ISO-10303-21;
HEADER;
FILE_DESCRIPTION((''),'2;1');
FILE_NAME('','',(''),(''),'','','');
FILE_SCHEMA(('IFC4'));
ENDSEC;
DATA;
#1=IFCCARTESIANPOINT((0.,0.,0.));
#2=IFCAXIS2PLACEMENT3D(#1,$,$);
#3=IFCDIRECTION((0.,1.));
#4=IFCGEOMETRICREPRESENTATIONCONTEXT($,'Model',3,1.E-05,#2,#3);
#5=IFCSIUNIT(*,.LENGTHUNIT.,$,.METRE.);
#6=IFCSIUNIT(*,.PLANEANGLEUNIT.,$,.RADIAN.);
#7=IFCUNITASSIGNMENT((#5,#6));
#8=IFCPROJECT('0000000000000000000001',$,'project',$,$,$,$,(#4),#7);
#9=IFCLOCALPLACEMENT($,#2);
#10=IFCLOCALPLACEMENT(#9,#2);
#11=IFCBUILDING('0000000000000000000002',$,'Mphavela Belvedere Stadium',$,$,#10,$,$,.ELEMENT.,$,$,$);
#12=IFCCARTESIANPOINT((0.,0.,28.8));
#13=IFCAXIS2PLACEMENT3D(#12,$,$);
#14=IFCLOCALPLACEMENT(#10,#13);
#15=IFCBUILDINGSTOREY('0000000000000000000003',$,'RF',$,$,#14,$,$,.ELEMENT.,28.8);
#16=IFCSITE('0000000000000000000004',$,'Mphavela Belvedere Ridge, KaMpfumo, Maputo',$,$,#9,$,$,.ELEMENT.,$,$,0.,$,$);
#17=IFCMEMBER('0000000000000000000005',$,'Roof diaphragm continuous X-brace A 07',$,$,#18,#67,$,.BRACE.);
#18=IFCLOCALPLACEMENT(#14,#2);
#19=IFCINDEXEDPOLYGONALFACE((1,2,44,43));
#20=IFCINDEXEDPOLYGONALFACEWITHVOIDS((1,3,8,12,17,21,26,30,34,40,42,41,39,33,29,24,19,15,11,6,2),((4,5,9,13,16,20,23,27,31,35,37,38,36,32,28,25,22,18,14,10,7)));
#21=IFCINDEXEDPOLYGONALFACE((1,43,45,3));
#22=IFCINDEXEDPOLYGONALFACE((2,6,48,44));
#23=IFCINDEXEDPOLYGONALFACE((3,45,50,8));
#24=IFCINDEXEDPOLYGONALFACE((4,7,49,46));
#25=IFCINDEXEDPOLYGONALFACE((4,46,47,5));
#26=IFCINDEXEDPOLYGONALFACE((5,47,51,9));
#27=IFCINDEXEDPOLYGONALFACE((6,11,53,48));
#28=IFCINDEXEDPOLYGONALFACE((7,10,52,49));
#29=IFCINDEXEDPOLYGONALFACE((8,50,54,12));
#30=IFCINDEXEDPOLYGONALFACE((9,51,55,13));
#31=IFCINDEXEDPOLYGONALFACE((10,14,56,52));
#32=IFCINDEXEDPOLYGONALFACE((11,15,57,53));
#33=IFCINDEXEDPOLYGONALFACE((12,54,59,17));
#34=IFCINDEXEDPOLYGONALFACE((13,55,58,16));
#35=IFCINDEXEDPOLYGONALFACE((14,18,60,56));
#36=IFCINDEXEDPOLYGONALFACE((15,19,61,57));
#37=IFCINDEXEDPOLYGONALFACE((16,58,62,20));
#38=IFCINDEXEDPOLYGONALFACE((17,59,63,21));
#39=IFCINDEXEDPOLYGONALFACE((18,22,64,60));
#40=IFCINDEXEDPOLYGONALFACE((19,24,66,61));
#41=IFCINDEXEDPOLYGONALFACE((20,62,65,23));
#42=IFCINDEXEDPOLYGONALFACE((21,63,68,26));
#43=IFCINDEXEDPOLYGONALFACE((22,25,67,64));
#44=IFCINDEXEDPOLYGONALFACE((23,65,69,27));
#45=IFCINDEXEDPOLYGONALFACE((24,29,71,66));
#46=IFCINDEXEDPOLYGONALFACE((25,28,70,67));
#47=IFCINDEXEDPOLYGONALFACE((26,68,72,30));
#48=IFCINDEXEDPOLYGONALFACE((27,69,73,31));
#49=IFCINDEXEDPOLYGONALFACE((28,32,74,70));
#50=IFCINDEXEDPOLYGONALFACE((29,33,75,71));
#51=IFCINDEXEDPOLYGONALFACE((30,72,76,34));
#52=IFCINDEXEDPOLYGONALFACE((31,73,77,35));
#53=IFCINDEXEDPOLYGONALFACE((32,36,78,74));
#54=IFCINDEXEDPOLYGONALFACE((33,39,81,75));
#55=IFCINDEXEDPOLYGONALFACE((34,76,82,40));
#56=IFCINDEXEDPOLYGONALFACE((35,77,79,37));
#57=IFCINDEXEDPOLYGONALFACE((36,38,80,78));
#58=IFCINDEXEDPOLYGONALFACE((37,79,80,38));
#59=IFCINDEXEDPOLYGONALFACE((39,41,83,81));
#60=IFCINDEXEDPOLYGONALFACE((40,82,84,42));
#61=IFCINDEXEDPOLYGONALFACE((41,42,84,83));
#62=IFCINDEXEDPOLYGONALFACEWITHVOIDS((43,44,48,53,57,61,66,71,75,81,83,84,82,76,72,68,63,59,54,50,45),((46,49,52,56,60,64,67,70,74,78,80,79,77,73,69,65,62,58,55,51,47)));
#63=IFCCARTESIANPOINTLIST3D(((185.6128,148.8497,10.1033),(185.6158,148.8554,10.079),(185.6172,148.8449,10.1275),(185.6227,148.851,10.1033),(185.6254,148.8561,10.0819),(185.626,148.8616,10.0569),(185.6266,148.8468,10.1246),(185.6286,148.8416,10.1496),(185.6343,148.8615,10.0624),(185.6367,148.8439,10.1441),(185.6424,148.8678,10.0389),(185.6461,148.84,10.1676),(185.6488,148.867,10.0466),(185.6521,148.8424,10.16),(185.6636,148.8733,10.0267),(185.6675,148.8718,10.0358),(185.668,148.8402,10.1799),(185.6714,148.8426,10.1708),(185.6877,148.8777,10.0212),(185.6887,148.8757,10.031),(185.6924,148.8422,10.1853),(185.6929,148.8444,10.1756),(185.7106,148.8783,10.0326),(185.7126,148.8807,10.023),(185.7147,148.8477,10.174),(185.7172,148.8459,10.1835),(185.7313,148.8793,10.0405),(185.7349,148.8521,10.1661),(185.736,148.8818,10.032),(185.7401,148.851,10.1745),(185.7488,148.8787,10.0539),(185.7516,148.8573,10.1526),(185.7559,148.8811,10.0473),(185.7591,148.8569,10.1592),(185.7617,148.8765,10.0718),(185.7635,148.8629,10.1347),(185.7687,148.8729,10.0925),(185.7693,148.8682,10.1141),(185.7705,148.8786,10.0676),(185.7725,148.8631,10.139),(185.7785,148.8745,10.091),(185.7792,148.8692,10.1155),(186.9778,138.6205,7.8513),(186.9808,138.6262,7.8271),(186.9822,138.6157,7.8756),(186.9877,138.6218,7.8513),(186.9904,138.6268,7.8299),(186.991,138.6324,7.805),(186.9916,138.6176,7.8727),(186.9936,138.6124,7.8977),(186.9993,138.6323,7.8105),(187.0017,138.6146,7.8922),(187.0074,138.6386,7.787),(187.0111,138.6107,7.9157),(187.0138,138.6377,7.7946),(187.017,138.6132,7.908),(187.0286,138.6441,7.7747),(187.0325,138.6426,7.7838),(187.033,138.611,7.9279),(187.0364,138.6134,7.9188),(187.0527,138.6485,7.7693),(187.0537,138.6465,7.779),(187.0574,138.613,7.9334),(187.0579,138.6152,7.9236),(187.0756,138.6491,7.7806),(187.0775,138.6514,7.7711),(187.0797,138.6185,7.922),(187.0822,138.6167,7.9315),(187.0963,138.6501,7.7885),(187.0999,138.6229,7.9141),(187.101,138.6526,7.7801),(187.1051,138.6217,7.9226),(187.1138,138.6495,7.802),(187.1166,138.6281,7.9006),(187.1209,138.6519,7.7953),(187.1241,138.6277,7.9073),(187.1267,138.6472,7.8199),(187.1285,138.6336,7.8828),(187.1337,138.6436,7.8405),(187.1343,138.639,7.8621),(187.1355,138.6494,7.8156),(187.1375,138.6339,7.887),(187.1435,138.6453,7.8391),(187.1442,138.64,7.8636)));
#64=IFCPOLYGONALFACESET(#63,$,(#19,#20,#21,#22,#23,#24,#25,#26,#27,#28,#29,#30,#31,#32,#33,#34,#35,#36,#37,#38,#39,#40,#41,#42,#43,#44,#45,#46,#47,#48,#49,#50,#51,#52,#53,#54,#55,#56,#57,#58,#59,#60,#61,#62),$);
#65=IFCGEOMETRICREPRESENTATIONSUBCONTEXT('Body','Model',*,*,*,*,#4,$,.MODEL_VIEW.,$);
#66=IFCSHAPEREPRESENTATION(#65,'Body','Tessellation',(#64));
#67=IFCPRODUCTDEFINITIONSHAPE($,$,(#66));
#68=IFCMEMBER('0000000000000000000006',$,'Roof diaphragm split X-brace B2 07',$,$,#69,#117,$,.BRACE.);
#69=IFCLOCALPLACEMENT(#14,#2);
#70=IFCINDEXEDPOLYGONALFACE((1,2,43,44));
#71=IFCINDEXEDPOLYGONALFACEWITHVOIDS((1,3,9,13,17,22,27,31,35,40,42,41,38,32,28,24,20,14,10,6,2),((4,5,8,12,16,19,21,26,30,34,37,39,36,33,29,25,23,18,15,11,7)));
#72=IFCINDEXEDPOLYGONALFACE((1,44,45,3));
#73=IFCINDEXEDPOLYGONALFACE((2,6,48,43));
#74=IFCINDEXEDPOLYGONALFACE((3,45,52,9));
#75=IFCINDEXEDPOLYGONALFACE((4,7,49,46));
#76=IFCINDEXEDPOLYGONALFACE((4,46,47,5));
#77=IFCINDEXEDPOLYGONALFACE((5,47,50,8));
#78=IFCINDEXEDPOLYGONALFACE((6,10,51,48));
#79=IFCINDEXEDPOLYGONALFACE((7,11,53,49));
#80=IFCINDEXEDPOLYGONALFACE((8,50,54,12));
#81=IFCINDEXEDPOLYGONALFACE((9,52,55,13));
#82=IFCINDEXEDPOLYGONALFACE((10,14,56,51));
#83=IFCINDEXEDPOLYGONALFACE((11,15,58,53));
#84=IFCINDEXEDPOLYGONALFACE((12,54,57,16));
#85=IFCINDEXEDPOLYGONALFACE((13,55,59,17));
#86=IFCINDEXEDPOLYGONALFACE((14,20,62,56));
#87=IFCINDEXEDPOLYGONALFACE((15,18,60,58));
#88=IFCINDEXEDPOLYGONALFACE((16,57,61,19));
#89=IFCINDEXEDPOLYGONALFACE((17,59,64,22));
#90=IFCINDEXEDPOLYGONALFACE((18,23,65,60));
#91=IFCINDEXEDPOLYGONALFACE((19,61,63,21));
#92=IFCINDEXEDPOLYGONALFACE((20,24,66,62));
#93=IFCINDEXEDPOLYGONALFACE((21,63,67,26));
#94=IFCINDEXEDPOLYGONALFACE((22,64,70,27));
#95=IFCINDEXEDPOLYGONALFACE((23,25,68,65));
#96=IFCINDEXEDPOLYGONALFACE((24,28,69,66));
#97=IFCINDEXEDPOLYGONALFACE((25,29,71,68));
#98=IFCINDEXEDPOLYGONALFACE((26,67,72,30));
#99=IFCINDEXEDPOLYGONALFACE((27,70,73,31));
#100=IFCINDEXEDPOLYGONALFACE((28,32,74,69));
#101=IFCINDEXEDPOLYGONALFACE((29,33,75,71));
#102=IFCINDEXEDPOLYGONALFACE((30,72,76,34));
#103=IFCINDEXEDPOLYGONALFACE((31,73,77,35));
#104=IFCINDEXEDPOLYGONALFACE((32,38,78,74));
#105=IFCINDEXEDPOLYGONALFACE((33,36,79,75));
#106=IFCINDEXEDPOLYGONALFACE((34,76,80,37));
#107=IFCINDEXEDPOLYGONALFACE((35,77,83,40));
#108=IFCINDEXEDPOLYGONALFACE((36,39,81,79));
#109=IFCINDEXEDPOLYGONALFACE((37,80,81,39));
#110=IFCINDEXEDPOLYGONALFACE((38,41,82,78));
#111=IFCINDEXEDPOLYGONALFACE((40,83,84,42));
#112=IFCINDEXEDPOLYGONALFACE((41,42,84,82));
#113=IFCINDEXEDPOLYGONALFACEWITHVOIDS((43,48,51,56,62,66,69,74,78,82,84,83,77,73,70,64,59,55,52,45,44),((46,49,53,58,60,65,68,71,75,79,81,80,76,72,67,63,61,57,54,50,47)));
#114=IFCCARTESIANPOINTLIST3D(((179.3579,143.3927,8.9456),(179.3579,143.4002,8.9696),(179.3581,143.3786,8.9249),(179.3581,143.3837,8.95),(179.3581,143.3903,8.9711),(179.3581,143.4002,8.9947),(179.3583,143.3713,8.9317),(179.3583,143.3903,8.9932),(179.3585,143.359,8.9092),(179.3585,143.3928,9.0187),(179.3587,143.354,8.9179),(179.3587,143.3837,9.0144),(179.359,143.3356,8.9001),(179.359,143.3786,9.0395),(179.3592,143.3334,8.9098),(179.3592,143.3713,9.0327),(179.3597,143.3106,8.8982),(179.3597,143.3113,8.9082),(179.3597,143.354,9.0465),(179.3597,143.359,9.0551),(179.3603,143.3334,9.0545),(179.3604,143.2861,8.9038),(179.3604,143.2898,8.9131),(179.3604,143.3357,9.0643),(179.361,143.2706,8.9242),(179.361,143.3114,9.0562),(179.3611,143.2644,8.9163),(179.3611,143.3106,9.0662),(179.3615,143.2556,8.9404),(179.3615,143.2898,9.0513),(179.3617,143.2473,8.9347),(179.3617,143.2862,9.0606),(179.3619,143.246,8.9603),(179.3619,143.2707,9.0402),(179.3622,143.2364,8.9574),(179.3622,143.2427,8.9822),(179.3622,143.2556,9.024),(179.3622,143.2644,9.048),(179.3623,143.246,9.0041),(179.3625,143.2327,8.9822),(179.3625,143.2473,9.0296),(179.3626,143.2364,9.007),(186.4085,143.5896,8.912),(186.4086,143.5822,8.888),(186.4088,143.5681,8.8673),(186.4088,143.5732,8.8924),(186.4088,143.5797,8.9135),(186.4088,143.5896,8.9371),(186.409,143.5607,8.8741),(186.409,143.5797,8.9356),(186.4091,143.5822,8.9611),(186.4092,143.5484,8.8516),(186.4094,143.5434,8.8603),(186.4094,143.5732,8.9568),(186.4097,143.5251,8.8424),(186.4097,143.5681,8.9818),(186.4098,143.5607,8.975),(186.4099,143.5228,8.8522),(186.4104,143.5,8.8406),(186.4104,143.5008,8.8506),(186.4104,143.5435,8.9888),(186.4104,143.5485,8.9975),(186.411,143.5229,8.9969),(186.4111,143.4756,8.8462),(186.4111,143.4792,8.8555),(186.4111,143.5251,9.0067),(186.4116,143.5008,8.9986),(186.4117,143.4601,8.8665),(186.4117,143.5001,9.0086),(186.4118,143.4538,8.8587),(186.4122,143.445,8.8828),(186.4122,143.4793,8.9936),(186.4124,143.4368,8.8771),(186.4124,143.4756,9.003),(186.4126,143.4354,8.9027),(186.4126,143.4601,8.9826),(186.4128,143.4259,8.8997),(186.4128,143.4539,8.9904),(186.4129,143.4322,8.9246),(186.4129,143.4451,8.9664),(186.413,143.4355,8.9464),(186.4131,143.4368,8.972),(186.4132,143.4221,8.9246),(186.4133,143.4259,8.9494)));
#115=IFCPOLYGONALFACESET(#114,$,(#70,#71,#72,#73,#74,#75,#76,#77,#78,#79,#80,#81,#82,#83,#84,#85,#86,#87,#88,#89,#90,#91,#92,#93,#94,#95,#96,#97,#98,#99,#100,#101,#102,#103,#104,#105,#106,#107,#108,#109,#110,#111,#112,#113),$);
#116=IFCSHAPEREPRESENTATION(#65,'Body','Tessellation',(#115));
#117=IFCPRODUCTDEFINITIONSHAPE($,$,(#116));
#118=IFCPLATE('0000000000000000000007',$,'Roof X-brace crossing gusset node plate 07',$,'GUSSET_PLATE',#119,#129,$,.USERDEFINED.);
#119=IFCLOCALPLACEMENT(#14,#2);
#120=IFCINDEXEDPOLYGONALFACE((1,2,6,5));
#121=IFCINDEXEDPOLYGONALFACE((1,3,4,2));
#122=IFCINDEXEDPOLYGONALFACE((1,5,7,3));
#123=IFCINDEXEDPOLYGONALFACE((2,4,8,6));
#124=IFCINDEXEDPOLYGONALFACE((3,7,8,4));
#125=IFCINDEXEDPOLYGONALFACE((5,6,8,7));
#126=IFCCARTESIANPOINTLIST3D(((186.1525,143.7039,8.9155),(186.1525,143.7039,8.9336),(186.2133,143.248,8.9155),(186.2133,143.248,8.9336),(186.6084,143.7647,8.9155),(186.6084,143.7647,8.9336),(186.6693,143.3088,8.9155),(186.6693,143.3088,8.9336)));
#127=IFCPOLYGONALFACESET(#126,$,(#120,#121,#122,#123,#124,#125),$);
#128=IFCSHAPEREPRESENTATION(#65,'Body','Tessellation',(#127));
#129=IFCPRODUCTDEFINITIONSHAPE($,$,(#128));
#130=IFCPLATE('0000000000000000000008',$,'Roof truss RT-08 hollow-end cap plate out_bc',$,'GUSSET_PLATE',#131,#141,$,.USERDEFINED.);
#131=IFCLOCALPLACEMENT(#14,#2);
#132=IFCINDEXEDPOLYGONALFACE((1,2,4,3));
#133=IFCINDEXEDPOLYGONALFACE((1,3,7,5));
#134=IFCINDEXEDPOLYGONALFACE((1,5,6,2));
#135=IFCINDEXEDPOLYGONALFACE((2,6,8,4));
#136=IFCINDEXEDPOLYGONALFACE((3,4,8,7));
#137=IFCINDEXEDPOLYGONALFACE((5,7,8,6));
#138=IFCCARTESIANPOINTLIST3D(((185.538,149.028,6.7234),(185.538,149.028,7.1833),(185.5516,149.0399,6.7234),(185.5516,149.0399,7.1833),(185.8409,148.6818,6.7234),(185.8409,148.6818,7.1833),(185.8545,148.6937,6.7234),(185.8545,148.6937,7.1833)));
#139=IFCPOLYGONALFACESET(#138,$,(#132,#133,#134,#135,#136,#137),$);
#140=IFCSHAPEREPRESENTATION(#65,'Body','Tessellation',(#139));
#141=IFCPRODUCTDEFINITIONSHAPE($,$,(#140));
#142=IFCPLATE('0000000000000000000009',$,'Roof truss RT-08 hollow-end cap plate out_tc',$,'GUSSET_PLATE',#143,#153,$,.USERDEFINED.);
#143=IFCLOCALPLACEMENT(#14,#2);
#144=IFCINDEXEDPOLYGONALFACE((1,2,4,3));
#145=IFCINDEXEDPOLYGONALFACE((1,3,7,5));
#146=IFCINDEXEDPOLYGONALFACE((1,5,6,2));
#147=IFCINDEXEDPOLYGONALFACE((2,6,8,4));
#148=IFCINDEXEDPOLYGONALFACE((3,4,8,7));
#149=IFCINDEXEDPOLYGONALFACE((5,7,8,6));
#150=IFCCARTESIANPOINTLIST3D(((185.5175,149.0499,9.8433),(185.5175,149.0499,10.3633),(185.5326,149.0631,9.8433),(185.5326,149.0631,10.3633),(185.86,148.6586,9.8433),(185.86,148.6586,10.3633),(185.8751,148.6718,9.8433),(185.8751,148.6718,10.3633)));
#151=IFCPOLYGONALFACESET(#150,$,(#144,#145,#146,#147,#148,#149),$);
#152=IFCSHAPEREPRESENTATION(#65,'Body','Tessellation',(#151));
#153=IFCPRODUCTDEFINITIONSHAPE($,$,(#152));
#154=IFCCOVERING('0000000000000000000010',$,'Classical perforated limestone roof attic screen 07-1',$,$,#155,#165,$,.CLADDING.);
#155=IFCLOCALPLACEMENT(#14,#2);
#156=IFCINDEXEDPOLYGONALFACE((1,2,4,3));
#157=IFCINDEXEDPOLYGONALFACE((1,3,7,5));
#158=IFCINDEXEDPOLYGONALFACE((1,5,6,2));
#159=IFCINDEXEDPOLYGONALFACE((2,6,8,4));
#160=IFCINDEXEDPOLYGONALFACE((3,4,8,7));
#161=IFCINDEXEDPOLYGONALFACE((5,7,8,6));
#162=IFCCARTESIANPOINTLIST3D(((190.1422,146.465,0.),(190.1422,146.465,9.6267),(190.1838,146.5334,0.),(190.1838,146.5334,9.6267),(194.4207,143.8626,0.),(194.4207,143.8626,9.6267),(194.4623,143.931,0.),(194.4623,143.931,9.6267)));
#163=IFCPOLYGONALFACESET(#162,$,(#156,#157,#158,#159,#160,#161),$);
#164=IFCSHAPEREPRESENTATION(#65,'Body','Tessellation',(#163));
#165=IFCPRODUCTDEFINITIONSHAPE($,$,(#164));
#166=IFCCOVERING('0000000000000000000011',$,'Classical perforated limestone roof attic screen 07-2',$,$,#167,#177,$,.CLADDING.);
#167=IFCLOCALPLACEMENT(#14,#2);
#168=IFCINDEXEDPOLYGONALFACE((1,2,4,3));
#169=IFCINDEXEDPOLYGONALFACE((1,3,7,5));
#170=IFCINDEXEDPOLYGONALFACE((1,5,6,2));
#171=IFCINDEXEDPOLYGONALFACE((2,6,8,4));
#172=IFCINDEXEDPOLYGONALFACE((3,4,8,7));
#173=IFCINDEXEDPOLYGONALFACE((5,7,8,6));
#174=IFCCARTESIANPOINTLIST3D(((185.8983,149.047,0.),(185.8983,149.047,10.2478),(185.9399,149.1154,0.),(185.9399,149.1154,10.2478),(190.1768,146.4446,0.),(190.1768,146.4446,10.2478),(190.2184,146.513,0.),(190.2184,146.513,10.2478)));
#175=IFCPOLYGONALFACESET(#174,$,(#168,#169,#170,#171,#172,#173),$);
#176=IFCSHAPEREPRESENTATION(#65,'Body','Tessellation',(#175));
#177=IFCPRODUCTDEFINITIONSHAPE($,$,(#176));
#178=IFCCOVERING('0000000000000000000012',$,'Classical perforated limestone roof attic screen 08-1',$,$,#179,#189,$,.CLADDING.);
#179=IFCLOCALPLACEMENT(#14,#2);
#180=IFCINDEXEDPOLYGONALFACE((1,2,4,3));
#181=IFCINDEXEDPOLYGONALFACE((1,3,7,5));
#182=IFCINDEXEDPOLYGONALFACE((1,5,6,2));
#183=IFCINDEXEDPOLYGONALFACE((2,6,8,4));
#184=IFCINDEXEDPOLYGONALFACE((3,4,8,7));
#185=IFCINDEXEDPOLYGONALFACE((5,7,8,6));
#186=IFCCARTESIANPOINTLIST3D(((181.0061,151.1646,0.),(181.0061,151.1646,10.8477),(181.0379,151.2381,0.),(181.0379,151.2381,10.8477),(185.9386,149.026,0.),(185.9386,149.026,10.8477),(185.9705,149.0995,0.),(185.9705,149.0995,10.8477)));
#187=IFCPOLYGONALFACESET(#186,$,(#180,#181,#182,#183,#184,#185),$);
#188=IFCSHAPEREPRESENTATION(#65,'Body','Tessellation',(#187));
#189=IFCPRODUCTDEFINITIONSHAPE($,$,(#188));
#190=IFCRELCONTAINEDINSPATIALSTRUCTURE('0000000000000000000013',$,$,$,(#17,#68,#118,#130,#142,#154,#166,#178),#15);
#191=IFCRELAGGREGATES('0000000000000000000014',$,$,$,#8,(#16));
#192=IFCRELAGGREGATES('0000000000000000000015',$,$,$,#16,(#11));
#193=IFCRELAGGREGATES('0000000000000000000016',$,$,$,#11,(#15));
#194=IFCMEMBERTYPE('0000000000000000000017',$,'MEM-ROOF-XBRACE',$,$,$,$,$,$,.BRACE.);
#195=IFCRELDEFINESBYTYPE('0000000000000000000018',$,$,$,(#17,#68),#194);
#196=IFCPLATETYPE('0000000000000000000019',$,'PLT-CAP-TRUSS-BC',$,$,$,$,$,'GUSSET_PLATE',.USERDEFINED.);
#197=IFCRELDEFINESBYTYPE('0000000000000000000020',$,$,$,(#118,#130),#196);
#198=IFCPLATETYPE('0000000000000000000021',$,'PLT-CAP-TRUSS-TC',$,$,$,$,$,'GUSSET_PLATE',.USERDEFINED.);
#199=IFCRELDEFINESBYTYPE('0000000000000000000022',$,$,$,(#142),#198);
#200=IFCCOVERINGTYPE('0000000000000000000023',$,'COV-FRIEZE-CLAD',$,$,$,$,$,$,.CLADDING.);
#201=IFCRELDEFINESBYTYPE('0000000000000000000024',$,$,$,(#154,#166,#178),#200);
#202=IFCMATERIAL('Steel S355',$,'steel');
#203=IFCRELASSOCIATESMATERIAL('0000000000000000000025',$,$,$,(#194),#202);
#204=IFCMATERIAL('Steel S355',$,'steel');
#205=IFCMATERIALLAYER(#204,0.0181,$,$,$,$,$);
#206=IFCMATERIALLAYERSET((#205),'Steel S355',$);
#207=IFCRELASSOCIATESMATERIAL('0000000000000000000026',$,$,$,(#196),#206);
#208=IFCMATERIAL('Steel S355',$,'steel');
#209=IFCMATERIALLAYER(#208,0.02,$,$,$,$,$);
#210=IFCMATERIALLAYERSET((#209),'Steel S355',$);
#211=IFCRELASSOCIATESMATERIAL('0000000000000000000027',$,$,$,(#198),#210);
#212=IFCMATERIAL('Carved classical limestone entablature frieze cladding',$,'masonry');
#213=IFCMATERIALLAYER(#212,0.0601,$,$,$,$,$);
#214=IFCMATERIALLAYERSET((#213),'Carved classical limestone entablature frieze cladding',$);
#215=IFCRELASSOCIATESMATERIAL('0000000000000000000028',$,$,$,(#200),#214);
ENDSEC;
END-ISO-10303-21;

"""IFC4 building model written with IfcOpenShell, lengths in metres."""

from ifc_helpers import new_model, si_unit, direction, frame, origin, origin_2d, place, context, subcontext, project, spatial, rectangle, hollow_circle, extrude, material, layer, layer_set, material_profile, profile_set, type_object, element, save


model = new_model("IFC4")

# Units and contexts
model_context = context("Model", 3, precision=1e-05, world=origin(), true_north=direction((0.0, 1.0)))
body_context = subcontext(model_context, "Body", "Model", "MODEL_VIEW")
ifc_project = project(units=[si_unit("LENGTHUNIT", "METRE"), si_unit("PLANEANGLEUNIT", "RADIAN")], contexts=[model_context])

# Site, building, storey
site_placement = place(None, origin())
site = spatial("IfcSite", under=ifc_project, at=site_placement, Name="Mphavela Belvedere Ridge, KaMpfumo, Maputo", CompositionType="ELEMENT", RefElevation=0.0)
building_placement = place(site_placement, origin())
building = spatial("IfcBuilding", under=site, at=building_placement, Name="Mphavela Belvedere Stadium", CompositionType="ELEMENT")
storey_placement = place(building_placement, frame((0.0, 0.0, 28.8)))
storey = spatial("IfcBuildingStorey", under=building, at=storey_placement, Name="RF", CompositionType="ELEMENT", Elevation=28.8)

# Members
ifc_material_1 = material(Name="Steel S355", Category="steel")
ifc_material_profile_1 = material_profile(ifc_material_1, hollow_circle(Radius=0.0842, WallThickness=0.01, at=origin_2d()), Name="CHS 168.3x10")
ifc_profile_set_1 = profile_set([ifc_material_profile_1], Name="Steel S355")
member_type_1 = type_object("IfcMemberType", Name="MEM-ROOF-XBRACE", PredefinedType="BRACE", material=ifc_profile_set_1)
member_1_placement = place(storey_placement, frame((187.0613, 138.6316, 7.8513), z_axis=(-0.129227, 0.968425, 0.213197), x_axis=(-0.991214, -0.132268, 0.0)))
element("IfcMember", 1, at=member_1_placement, inside=storey, type_object=member_type_1, Name="Roof diaphragm continuous X-brace A 07", PredefinedType="BRACE", context=body_context, shape_type="SweptSolid", body=[
    extrude(hollow_circle(Radius=0.0842, WallThickness=0.01, at=origin_2d()), origin(), (0.0, 0.0, 1.0), 10.5627),
])
member_2_placement = place(storey_placement, frame((186.4109, 143.5063, 8.9246), z_axis=(-0.999606, -0.026859, 0.008169), x_axis=(0.02686, -0.999639, 0.0)))
element("IfcMember", 2, at=member_2_placement, inside=storey, type_object=member_type_1, Name="Roof diaphragm split X-brace B2 07", PredefinedType="BRACE", context=body_context, shape_type="SweptSolid", body=[
    extrude(hollow_circle(Radius=0.0842, WallThickness=0.01, at=origin_2d()), origin(), (0.0, 0.0, 1.0), 7.0535),
])

# Plates
ifc_material_2 = material(Name="Steel S355", Category="steel")
ifc_layer_1 = layer(ifc_material_2, 0.0181)
ifc_layer_set_1 = layer_set([ifc_layer_1], Name="Steel S355")
plate_type_1 = type_object("IfcPlateType", Name="PLT-CAP-TRUSS-BC", ElementType="GUSSET_PLATE", PredefinedType="USERDEFINED", material=ifc_layer_set_1)
plate_1_placement = place(storey_placement, frame((186.4109, 143.5063, 8.9155), z_axis=(0.0, 0.0, 1.0), x_axis=(-0.132256, 0.991216, 0.0)))
element("IfcPlate", 3, at=plate_1_placement, inside=storey, type_object=plate_type_1, Name="Roof X-brace crossing gusset node plate 07", ObjectType="GUSSET_PLATE", PredefinedType="USERDEFINED", context=body_context, shape_type="SweptSolid", body=[
    extrude(rectangle(XDim=0.46, YDim=0.46, at=origin_2d()), origin(), (0.0, 0.0, 1.0), 0.0181),
])
plate_2_placement = place(storey_placement, frame((185.6963, 148.8608, 6.7234), z_axis=(0.0, 0.0, 1.0), x_axis=(0.75253, 0.658558, 0.0)))
element("IfcPlate", 4, at=plate_2_placement, inside=storey, type_object=plate_type_1, Name="Roof truss RT-08 hollow-end cap plate out_bc", ObjectType="GUSSET_PLATE", PredefinedType="USERDEFINED", context=body_context, shape_type="SweptSolid", body=[
    extrude(rectangle(XDim=0.0181, YDim=0.46, at=origin_2d()), origin(), (0.0, 0.0, 1.0), 0.46),
])
ifc_material_3 = material(Name="Steel S355", Category="steel")
ifc_layer_2 = layer(ifc_material_3, 0.02)
ifc_layer_set_2 = layer_set([ifc_layer_2], Name="Steel S355")
plate_type_2 = type_object("IfcPlateType", Name="PLT-CAP-TRUSS-TC", ElementType="GUSSET_PLATE", PredefinedType="USERDEFINED", material=ifc_layer_set_2)
plate_3_placement = place(storey_placement, frame((185.6963, 148.8608, 9.8433), z_axis=(0.0, 0.0, 1.0), x_axis=(0.75253, 0.658558, 0.0)))
element("IfcPlate", 5, at=plate_3_placement, inside=storey, type_object=plate_type_2, Name="Roof truss RT-08 hollow-end cap plate out_tc", ObjectType="GUSSET_PLATE", PredefinedType="USERDEFINED", context=body_context, shape_type="SweptSolid", body=[
    extrude(rectangle(XDim=0.02, YDim=0.52, at=origin_2d()), origin(), (0.0, 0.0, 1.0), 0.52),
])

# Coverings
ifc_material_4 = material(Name="Carved classical limestone entablature frieze cladding", Category="masonry")
ifc_layer_3 = layer(ifc_material_4, 0.0601)
ifc_layer_set_3 = layer_set([ifc_layer_3], Name="Carved classical limestone entablature frieze cladding")
covering_type = type_object("IfcCoveringType", Name="COV-FRIEZE-CLAD", PredefinedType="CLADDING", material=ifc_layer_set_3)
covering_1_placement = place(storey_placement, frame((192.3022, 145.198, 0.0), z_axis=(0.0, 0.0, 1.0), x_axis=(-0.854368, 0.519668, 0.0)))
element("IfcCovering", 6, at=covering_1_placement, inside=storey, type_object=covering_type, Name="Classical perforated limestone roof attic screen 07-1", PredefinedType="CLADDING", context=body_context, shape_type="SweptSolid", body=[
    extrude(rectangle(XDim=5.0078, YDim=0.0801, at=origin_2d()), origin(), (0.0, 0.0, 1.0), 9.6267),
])
covering_2_placement = place(storey_placement, frame((188.0583, 147.78, 0.0), z_axis=(0.0, 0.0, 1.0), x_axis=(-0.854368, 0.519668, 0.0)))
element("IfcCovering", 7, at=covering_2_placement, inside=storey, type_object=covering_type, Name="Classical perforated limestone roof attic screen 07-2", PredefinedType="CLADDING", context=body_context, shape_type="SweptSolid", body=[
    extrude(rectangle(XDim=5.0078, YDim=0.0801, at=origin_2d()), origin(), (0.0, 0.0, 1.0), 10.2478),
])
covering_3_placement = place(storey_placement, frame((183.4883, 150.1321, 0.0), z_axis=(0.0, 0.0, 1.0), x_axis=(-0.917477, 0.397789, 0.0)))
element("IfcCovering", 8, at=covering_3_placement, inside=storey, type_object=covering_type, Name="Classical perforated limestone roof attic screen 08-1", PredefinedType="CLADDING", context=body_context, shape_type="SweptSolid", body=[
    extrude(rectangle(XDim=5.3762, YDim=0.0801, at=origin_2d()), origin(), (0.0, 0.0, 1.0), 10.8477),
])

save(model, "model.ifc")
